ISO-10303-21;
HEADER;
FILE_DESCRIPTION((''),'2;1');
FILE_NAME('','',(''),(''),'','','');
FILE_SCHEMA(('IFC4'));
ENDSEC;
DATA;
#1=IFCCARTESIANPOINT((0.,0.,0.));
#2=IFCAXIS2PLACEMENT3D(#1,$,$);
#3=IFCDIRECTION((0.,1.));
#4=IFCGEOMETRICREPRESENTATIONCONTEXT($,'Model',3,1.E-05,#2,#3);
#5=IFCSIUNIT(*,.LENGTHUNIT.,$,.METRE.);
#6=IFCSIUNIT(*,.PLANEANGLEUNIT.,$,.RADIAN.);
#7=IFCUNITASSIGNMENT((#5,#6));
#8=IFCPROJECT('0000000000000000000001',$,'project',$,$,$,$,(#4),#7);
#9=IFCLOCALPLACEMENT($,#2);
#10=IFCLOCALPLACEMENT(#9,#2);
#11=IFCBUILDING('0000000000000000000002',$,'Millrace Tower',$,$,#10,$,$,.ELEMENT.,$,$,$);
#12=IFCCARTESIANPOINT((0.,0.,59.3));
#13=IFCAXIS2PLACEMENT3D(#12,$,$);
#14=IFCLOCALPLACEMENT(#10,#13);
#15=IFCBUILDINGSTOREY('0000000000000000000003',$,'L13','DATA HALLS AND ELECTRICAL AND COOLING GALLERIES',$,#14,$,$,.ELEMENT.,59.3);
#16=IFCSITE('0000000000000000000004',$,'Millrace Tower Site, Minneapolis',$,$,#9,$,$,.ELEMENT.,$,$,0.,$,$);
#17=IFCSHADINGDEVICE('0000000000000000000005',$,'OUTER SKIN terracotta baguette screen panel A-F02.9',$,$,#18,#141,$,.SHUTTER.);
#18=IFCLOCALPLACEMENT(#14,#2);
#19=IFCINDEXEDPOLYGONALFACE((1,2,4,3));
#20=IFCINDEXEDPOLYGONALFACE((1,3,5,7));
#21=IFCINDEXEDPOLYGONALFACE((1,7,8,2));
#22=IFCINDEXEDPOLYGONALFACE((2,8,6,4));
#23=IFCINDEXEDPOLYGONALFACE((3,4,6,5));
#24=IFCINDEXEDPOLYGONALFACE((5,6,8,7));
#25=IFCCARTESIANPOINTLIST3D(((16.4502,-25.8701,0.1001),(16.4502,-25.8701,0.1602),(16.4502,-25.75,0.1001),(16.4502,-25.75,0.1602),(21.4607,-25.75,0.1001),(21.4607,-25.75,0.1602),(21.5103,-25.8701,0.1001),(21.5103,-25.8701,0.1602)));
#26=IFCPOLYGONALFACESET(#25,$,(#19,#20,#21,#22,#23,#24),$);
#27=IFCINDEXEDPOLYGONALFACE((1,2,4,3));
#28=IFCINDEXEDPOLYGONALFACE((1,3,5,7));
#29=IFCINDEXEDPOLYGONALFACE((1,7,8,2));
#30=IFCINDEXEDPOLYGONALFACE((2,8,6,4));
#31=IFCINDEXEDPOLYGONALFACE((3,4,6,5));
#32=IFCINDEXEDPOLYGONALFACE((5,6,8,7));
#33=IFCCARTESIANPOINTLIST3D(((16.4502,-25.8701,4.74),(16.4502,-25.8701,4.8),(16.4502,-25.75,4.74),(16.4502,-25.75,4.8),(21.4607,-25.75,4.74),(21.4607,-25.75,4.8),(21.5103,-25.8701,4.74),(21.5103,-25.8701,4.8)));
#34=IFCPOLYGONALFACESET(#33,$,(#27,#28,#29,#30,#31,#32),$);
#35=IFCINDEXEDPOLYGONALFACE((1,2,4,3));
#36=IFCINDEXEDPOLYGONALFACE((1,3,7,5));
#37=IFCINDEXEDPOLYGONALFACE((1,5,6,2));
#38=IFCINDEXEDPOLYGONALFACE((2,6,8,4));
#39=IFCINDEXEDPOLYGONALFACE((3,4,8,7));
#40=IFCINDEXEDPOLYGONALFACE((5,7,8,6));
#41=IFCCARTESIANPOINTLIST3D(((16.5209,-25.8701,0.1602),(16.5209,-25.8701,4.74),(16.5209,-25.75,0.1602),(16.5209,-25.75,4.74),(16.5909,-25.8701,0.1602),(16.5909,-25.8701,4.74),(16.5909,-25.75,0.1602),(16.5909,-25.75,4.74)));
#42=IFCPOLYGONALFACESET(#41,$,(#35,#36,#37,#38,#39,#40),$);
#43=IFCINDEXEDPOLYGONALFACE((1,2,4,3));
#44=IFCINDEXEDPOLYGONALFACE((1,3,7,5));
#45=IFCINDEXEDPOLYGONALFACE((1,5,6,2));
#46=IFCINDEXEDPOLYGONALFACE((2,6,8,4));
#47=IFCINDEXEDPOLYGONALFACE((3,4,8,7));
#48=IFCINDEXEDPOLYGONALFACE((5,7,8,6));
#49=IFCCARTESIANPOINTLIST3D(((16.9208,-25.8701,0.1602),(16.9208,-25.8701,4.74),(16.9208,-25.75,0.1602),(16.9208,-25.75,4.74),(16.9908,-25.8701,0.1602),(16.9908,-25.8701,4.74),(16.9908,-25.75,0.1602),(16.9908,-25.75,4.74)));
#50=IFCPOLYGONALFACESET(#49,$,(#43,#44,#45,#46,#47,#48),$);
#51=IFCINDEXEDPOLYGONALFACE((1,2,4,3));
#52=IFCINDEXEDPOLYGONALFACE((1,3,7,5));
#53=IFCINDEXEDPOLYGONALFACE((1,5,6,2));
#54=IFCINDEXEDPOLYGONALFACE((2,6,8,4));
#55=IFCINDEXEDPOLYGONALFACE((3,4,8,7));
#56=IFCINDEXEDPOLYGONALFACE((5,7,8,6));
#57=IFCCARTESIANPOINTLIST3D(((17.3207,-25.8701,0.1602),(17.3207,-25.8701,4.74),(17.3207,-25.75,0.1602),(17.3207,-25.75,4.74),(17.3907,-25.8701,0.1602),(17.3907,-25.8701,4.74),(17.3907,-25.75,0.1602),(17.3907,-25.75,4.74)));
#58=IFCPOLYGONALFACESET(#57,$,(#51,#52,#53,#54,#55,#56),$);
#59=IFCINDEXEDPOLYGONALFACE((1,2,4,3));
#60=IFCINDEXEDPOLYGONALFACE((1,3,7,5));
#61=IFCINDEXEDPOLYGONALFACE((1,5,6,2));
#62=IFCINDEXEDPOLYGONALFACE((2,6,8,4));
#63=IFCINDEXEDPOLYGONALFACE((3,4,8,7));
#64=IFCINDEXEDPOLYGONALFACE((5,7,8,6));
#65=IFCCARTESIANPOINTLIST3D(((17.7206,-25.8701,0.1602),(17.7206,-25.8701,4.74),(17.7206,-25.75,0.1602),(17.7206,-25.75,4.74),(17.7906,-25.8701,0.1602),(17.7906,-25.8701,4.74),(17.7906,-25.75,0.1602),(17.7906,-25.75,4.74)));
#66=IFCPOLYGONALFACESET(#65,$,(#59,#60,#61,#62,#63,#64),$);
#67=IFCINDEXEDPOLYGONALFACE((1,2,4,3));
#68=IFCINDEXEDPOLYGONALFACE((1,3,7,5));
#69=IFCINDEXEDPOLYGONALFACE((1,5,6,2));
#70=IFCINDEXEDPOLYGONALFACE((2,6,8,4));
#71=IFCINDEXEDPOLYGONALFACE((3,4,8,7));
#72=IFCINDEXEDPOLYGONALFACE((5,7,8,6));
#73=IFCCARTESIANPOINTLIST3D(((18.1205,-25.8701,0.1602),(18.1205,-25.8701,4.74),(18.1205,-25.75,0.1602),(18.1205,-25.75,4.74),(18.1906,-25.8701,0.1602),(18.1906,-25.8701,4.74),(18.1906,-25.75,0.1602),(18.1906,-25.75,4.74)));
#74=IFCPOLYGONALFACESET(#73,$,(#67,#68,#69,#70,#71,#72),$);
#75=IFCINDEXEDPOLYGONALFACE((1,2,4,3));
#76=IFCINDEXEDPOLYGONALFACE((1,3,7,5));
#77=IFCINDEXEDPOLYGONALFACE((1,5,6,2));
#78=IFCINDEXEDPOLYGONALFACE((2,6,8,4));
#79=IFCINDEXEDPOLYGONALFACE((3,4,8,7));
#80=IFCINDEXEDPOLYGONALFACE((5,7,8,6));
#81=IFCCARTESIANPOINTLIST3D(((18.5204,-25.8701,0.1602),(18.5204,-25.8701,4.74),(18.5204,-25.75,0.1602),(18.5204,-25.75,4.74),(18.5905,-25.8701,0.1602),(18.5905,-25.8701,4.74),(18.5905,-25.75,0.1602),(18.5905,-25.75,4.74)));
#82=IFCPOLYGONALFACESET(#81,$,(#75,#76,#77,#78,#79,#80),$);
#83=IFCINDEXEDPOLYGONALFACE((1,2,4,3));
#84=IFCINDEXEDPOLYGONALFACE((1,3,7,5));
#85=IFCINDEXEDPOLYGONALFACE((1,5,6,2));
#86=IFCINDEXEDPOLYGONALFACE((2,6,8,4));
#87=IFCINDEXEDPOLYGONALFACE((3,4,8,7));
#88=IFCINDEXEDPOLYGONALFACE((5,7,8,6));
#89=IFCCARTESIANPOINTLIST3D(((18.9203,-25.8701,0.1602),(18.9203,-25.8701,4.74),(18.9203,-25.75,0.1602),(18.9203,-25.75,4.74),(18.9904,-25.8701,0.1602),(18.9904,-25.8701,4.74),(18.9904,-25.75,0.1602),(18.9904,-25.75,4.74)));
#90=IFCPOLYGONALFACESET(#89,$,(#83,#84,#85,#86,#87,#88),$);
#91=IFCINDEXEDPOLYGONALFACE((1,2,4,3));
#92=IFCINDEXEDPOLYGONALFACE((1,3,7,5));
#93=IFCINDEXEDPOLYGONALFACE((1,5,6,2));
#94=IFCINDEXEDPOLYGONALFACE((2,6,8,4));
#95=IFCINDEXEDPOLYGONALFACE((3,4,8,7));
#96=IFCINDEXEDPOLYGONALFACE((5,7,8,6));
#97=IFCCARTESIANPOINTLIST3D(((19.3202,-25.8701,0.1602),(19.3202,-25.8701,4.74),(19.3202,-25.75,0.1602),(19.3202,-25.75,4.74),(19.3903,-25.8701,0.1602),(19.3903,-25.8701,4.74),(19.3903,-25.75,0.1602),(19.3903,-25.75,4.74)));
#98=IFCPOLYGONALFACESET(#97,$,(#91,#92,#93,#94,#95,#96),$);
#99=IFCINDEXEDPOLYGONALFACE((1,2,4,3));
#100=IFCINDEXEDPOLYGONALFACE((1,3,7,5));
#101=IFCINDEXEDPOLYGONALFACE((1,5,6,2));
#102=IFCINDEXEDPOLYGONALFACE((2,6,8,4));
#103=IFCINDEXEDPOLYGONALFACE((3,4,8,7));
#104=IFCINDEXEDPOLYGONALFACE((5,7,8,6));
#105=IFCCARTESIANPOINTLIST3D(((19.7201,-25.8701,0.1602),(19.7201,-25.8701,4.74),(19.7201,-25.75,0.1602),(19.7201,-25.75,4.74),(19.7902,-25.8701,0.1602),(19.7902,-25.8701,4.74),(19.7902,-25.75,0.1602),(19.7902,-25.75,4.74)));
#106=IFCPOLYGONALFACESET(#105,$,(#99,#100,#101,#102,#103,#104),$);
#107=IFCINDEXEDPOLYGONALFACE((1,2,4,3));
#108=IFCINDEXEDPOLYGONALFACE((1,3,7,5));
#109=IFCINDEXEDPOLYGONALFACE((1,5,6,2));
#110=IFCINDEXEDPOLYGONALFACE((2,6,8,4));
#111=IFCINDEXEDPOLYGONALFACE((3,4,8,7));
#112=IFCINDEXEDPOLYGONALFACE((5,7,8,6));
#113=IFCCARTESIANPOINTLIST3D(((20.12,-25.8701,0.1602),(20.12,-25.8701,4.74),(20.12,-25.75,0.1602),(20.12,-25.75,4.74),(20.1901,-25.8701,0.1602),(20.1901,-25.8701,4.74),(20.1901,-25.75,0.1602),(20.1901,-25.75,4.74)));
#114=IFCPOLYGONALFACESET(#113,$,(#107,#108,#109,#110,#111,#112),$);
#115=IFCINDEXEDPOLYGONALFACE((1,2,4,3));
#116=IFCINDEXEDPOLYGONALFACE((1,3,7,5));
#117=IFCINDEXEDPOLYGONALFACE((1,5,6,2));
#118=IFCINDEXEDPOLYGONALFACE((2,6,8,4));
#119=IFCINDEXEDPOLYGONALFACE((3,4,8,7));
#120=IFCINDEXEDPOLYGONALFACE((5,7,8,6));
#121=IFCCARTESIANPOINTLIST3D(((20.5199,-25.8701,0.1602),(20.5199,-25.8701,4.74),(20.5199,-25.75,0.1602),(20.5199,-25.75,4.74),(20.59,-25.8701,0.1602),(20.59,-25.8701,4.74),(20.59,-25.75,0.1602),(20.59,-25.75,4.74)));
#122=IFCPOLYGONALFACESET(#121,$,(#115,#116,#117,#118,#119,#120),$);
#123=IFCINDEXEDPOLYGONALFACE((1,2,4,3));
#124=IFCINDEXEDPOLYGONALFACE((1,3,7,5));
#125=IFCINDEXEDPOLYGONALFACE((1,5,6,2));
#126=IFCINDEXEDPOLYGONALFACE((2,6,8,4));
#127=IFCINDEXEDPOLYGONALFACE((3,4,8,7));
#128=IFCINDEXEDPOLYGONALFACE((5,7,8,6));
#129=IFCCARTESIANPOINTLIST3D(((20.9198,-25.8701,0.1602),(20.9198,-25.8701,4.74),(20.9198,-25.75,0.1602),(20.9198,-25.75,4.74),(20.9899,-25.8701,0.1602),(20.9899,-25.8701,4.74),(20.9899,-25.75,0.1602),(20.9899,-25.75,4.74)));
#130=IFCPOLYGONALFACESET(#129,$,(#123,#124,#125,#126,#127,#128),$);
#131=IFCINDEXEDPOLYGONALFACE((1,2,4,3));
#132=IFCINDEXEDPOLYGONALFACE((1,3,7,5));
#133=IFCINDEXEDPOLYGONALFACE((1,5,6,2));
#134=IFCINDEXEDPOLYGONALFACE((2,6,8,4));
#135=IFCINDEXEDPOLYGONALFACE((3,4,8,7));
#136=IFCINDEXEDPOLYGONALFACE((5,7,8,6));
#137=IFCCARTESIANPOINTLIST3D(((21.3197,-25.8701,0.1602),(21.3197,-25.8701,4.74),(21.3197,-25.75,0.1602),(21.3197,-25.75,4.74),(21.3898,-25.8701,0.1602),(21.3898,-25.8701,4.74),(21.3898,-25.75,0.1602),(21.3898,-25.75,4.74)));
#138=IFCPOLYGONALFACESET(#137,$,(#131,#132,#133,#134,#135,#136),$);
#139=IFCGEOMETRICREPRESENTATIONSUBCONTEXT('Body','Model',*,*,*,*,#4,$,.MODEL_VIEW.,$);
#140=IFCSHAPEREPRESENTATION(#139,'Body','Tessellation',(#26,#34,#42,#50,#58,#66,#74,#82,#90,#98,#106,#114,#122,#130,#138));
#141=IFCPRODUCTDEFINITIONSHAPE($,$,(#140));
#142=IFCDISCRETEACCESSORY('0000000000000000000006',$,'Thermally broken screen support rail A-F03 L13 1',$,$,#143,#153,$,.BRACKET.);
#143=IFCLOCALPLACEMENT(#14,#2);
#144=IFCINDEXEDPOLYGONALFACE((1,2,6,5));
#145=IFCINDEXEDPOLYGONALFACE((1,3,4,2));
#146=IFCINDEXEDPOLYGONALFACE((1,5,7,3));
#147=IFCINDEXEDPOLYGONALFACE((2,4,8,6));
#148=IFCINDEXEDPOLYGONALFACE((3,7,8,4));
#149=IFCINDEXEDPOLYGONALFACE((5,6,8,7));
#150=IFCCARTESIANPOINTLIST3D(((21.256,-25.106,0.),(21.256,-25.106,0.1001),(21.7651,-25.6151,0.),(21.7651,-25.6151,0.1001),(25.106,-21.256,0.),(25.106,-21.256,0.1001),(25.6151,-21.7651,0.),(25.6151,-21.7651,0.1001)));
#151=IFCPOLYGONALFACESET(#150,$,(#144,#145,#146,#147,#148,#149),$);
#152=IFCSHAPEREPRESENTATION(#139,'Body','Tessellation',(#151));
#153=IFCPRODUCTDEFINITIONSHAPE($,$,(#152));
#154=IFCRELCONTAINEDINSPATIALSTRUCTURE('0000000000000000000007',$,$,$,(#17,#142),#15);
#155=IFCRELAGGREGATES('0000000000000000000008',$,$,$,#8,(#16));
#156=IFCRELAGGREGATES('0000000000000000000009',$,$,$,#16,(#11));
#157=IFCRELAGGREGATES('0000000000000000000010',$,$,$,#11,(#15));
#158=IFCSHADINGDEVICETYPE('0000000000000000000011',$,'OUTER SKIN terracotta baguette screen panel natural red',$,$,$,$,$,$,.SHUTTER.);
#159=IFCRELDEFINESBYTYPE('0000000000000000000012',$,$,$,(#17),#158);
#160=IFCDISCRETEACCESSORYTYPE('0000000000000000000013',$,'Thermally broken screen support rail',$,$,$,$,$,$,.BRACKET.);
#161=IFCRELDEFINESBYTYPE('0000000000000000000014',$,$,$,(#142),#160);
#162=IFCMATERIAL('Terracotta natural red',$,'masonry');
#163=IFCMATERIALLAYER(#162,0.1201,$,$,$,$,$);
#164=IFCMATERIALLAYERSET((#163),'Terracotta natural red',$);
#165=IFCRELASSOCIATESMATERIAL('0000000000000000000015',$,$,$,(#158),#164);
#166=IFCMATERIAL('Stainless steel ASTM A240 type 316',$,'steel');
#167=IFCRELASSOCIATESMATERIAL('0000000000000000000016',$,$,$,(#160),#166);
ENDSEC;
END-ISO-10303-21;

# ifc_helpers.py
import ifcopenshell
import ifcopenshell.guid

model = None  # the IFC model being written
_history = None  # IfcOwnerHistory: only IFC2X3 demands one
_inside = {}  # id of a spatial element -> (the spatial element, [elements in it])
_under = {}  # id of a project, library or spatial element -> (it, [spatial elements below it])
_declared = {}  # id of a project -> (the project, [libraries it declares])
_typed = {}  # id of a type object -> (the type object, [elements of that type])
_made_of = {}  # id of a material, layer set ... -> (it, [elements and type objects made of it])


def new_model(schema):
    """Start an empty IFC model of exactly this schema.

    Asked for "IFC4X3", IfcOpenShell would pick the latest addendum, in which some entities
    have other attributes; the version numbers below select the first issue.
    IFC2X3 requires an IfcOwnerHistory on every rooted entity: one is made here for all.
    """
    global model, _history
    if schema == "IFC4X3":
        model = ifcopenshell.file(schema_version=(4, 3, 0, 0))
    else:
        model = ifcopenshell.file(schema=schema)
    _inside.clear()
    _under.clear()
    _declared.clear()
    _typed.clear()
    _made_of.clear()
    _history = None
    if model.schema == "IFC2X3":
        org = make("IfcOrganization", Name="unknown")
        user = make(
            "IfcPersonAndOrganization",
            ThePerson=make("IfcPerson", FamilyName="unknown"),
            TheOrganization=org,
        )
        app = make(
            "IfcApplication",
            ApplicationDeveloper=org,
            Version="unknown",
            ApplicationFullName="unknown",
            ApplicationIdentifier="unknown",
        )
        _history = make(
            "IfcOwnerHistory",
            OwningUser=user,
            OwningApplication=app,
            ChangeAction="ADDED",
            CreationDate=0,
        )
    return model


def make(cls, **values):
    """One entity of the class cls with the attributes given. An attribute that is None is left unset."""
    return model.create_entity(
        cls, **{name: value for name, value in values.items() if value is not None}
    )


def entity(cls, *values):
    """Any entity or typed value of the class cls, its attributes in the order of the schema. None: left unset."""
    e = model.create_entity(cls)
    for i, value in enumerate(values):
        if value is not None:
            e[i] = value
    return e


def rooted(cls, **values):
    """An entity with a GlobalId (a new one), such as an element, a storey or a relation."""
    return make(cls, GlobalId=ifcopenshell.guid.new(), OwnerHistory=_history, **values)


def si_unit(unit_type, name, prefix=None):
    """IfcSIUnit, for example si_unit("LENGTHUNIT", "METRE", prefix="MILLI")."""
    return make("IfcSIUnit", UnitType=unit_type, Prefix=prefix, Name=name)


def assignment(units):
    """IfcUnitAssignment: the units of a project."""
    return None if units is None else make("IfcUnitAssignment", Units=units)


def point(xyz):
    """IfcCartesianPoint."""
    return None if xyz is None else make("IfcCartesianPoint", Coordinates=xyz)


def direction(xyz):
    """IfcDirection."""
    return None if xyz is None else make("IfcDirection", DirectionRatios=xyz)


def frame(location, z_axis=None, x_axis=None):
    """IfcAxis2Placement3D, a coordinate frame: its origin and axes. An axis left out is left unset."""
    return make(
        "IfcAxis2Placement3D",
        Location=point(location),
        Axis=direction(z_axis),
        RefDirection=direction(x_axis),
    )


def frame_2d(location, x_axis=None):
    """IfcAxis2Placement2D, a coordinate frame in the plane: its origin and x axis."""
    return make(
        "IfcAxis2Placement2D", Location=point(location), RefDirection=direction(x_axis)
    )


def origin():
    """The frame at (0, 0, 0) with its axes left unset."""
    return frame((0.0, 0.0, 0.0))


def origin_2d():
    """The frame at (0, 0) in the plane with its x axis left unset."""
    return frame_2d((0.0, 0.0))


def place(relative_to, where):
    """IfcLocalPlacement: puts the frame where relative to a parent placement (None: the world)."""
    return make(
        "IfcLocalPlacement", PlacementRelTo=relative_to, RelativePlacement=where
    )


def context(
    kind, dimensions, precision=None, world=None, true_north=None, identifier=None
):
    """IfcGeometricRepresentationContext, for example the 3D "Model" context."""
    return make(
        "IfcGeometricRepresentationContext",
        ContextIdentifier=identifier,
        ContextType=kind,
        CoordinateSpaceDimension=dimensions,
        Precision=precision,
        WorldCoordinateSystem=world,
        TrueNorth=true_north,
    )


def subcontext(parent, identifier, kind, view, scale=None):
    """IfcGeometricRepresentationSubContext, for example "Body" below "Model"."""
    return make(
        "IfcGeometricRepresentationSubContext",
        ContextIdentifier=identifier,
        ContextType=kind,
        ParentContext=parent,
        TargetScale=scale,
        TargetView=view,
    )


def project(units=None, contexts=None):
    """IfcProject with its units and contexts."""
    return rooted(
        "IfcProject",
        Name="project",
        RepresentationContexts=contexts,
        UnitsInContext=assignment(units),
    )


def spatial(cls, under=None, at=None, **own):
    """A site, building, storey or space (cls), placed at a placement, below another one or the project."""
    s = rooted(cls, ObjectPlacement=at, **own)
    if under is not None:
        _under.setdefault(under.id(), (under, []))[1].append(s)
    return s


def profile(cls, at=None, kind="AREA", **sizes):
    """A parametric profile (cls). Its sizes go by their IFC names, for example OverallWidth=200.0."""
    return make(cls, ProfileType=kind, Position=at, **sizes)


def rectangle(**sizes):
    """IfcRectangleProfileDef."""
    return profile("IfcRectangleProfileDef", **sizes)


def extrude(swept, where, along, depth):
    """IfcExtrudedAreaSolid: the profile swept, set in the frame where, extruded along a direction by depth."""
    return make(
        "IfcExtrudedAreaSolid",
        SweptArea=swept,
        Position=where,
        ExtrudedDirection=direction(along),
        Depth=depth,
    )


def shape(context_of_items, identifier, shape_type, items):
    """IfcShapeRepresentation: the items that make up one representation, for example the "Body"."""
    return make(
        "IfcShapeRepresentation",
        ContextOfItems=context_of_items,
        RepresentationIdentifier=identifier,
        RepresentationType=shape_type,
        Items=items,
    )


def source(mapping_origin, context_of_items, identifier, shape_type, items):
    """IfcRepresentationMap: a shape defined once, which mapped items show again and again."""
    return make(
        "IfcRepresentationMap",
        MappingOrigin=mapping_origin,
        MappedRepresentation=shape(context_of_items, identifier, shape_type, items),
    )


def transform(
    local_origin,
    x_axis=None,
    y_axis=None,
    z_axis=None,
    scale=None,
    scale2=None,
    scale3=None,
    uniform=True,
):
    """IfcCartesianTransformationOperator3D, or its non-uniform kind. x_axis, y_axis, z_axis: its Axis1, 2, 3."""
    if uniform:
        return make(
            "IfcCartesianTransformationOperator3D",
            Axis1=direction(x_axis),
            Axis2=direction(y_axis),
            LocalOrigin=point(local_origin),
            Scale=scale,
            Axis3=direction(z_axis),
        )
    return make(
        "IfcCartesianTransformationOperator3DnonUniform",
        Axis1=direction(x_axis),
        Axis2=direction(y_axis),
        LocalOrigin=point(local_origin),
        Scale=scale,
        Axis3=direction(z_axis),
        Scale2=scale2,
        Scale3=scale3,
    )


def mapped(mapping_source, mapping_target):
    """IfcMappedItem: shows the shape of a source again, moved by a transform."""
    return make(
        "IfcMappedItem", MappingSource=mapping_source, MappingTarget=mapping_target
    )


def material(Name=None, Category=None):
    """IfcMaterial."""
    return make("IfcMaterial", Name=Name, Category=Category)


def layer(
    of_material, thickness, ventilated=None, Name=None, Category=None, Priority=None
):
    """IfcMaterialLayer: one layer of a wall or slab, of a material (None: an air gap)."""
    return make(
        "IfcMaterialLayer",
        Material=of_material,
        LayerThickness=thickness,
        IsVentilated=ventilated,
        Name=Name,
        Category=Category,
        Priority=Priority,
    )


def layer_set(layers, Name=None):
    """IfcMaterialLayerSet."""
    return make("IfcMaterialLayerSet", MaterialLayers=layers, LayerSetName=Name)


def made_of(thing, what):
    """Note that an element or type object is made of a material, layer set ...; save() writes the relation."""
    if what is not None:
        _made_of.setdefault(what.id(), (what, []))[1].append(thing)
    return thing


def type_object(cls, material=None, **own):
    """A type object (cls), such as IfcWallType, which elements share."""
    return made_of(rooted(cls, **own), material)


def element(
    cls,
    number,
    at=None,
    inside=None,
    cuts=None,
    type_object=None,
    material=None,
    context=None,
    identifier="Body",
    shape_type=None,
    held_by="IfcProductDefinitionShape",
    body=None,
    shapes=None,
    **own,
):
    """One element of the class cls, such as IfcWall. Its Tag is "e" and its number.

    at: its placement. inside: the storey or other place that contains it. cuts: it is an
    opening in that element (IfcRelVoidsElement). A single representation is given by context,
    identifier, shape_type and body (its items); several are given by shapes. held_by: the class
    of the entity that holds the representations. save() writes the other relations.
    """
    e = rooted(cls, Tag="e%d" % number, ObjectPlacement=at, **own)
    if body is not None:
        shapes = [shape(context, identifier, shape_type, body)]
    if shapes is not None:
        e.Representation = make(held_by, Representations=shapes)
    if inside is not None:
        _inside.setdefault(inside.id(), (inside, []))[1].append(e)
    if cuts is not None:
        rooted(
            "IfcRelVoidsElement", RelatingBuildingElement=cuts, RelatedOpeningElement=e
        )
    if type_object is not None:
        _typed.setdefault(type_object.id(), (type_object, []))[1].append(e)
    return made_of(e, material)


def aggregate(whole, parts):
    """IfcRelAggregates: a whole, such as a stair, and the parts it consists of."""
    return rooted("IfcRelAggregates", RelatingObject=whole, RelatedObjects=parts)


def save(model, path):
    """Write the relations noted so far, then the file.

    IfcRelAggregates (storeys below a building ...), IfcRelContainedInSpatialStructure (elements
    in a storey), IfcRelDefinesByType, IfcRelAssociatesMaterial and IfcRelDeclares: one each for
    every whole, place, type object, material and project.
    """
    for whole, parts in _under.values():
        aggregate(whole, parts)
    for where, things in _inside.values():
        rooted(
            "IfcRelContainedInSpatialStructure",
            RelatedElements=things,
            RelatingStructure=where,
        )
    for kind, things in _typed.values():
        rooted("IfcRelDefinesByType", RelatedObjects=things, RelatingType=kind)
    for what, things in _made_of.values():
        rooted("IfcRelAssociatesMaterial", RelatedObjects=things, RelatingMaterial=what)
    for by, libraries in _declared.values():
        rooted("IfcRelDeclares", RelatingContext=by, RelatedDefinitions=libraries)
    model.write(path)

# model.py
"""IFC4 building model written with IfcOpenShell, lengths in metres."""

from ifc_helpers import new_model, entity, si_unit, direction, frame, frame_2d, origin, origin_2d, place, context, subcontext, project, spatial, rectangle, extrude, source, transform, mapped, material, layer, layer_set, type_object, element, save


model = new_model("IFC4")

# Units and contexts
model_context = context("Model", 3, precision=1e-05, world=origin(), true_north=direction((0.0, 1.0)))
body_context = subcontext(model_context, "Body", "Model", "MODEL_VIEW")
ifc_project = project(units=[si_unit("LENGTHUNIT", "METRE"), si_unit("PLANEANGLEUNIT", "RADIAN")], contexts=[model_context])

# Site, building, storey
site_placement = place(None, origin())
site = spatial("IfcSite", under=ifc_project, at=site_placement, Name="Millrace Tower Site, Minneapolis", CompositionType="ELEMENT", RefElevation=0.0)
building_placement = place(site_placement, origin())
building = spatial("IfcBuilding", under=site, at=building_placement, Name="Millrace Tower", CompositionType="ELEMENT")
storey_placement = place(building_placement, frame((0.0, 0.0, 59.3)))
storey = spatial("IfcBuildingStorey", under=building, at=storey_placement, Name="L13", Description="DATA HALLS AND ELECTRICAL AND COOLING GALLERIES", CompositionType="ELEMENT", Elevation=59.3)

# Shading device
ifc_material_1 = material(Name="Terracotta natural red", Category="masonry")
ifc_layer_1 = layer(ifc_material_1, 0.1201)
ifc_layer_set_1 = layer_set([ifc_layer_1], Name="Terracotta natural red")
shading_device_type_1 = type_object("IfcShadingDeviceType", Name="OUTER SKIN terracotta baguette screen panel natural red", PredefinedType="SHUTTER", material=ifc_layer_set_1)
cartesian_point_1 = entity("IfcCartesianPoint", [-2.5176, 0.0601])
shared_polyline_1 = entity("IfcPolyline", [cartesian_point_1, entity("IfcCartesianPoint", [2.4929, 0.0601]), entity("IfcCartesianPoint", [2.5425, -0.0601]), entity("IfcCartesianPoint", [-2.5176, -0.0601]), cartesian_point_1])
shared_shape_1 = source(origin(), body_context, "Body", "SweptSolid", [
    entity("IfcExtrudedAreaSolid", entity("IfcArbitraryClosedProfileDef", "AREA", None, shared_polyline_1), entity("IfcAxis2Placement3D", entity("IfcCartesianPoint", [0.0, 0.0, 0.0])), entity("IfcDirection", [0.0, 0.0, 1.0]), 0.0601),
    entity("IfcExtrudedAreaSolid", entity("IfcArbitraryClosedProfileDef", "AREA", None, shared_polyline_1), entity("IfcAxis2Placement3D", entity("IfcCartesianPoint", [0.0, 0.0, 4.6399])), entity("IfcDirection", [0.0, 0.0, 1.0]), 0.0601),
    extrude(rectangle(XDim=0.0701, YDim=0.1201, at=frame_2d((-2.4119, 0.0))), frame((0.0, 0.0, 0.0601)), (0.0, 0.0, 1.0), 4.5798),
    extrude(rectangle(XDim=0.0701, YDim=0.1201, at=frame_2d((-2.012, 0.0))), frame((0.0, 0.0, 0.0601)), (0.0, 0.0, 1.0), 4.5798),
    extrude(rectangle(XDim=0.0701, YDim=0.1201, at=frame_2d((-1.6121, 0.0))), frame((0.0, 0.0, 0.0601)), (0.0, 0.0, 1.0), 4.5798),
    extrude(rectangle(XDim=0.0701, YDim=0.1201, at=frame_2d((-1.2122, 0.0))), frame((0.0, 0.0, 0.0601)), (0.0, 0.0, 1.0), 4.5798),
    extrude(rectangle(XDim=0.0701, YDim=0.1201, at=frame_2d((-0.8123, 0.0))), frame((0.0, 0.0, 0.0601)), (0.0, 0.0, 1.0), 4.5798),
    extrude(rectangle(XDim=0.0701, YDim=0.1201, at=frame_2d((-0.4124, 0.0))), frame((0.0, 0.0, 0.0601)), (0.0, 0.0, 1.0), 4.5798),
    extrude(rectangle(XDim=0.0701, YDim=0.1201, at=frame_2d((-0.0125, 0.0))), frame((0.0, 0.0, 0.0601)), (0.0, 0.0, 1.0), 4.5798),
    extrude(rectangle(XDim=0.0701, YDim=0.1201, at=frame_2d((0.3875, 0.0))), frame((0.0, 0.0, 0.0601)), (0.0, 0.0, 1.0), 4.5798),
    extrude(rectangle(XDim=0.0701, YDim=0.1201, at=frame_2d((0.7874, 0.0))), frame((0.0, 0.0, 0.0601)), (0.0, 0.0, 1.0), 4.5798),
    extrude(rectangle(XDim=0.0701, YDim=0.1201, at=frame_2d((1.1873, 0.0))), frame((0.0, 0.0, 0.0601)), (0.0, 0.0, 1.0), 4.5798),
    extrude(rectangle(XDim=0.0701, YDim=0.1201, at=frame_2d((1.5872, 0.0))), frame((0.0, 0.0, 0.0601)), (0.0, 0.0, 1.0), 4.5798),
    extrude(rectangle(XDim=0.0701, YDim=0.1201, at=frame_2d((1.9871, 0.0))), frame((0.0, 0.0, 0.0601)), (0.0, 0.0, 1.0), 4.5798),
    extrude(rectangle(XDim=0.0701, YDim=0.1201, at=frame_2d((2.387, 0.0))), frame((0.0, 0.0, 0.0601)), (0.0, 0.0, 1.0), 4.5798),
])
shading_device_1_placement = place(storey_placement, frame((18.9678, -25.8101, 0.1001), z_axis=(0.0, 0.0, 1.0), x_axis=(1.0, 0.0, 0.0)))
element("IfcShadingDevice", 1, at=shading_device_1_placement, inside=storey, type_object=shading_device_type_1, Name="OUTER SKIN terracotta baguette screen panel A-F02.9", PredefinedType="SHUTTER", context=body_context, shape_type="MappedRepresentation", body=[
    mapped(shared_shape_1, transform((0.0, 0.0, 0.0), scale=1.0)),
])

# Discrete accessory
ifc_material_2 = material(Name="Stainless steel ASTM A240 type 316", Category="steel")
discrete_accessory_type = type_object("IfcDiscreteAccessoryType", Name="Thermally broken screen support rail", PredefinedType="BRACKET", material=ifc_material_2)
discrete_accessory_placement = place(storey_placement, frame((23.4355, -23.4355, 0.0), z_axis=(0.0, 0.0, 1.0), x_axis=(0.707107, 0.707107, 0.0)))
element("IfcDiscreteAccessory", 2, at=discrete_accessory_placement, inside=storey, type_object=discrete_accessory_type, Name="Thermally broken screen support rail A-F03 L13 1", PredefinedType="BRACKET", context=body_context, shape_type="SweptSolid", body=[
    extrude(rectangle(XDim=5.4448, YDim=0.72, at=origin_2d()), origin(), (0.0, 0.0, 1.0), 0.1001),
])

save(model, "model.ifc")
